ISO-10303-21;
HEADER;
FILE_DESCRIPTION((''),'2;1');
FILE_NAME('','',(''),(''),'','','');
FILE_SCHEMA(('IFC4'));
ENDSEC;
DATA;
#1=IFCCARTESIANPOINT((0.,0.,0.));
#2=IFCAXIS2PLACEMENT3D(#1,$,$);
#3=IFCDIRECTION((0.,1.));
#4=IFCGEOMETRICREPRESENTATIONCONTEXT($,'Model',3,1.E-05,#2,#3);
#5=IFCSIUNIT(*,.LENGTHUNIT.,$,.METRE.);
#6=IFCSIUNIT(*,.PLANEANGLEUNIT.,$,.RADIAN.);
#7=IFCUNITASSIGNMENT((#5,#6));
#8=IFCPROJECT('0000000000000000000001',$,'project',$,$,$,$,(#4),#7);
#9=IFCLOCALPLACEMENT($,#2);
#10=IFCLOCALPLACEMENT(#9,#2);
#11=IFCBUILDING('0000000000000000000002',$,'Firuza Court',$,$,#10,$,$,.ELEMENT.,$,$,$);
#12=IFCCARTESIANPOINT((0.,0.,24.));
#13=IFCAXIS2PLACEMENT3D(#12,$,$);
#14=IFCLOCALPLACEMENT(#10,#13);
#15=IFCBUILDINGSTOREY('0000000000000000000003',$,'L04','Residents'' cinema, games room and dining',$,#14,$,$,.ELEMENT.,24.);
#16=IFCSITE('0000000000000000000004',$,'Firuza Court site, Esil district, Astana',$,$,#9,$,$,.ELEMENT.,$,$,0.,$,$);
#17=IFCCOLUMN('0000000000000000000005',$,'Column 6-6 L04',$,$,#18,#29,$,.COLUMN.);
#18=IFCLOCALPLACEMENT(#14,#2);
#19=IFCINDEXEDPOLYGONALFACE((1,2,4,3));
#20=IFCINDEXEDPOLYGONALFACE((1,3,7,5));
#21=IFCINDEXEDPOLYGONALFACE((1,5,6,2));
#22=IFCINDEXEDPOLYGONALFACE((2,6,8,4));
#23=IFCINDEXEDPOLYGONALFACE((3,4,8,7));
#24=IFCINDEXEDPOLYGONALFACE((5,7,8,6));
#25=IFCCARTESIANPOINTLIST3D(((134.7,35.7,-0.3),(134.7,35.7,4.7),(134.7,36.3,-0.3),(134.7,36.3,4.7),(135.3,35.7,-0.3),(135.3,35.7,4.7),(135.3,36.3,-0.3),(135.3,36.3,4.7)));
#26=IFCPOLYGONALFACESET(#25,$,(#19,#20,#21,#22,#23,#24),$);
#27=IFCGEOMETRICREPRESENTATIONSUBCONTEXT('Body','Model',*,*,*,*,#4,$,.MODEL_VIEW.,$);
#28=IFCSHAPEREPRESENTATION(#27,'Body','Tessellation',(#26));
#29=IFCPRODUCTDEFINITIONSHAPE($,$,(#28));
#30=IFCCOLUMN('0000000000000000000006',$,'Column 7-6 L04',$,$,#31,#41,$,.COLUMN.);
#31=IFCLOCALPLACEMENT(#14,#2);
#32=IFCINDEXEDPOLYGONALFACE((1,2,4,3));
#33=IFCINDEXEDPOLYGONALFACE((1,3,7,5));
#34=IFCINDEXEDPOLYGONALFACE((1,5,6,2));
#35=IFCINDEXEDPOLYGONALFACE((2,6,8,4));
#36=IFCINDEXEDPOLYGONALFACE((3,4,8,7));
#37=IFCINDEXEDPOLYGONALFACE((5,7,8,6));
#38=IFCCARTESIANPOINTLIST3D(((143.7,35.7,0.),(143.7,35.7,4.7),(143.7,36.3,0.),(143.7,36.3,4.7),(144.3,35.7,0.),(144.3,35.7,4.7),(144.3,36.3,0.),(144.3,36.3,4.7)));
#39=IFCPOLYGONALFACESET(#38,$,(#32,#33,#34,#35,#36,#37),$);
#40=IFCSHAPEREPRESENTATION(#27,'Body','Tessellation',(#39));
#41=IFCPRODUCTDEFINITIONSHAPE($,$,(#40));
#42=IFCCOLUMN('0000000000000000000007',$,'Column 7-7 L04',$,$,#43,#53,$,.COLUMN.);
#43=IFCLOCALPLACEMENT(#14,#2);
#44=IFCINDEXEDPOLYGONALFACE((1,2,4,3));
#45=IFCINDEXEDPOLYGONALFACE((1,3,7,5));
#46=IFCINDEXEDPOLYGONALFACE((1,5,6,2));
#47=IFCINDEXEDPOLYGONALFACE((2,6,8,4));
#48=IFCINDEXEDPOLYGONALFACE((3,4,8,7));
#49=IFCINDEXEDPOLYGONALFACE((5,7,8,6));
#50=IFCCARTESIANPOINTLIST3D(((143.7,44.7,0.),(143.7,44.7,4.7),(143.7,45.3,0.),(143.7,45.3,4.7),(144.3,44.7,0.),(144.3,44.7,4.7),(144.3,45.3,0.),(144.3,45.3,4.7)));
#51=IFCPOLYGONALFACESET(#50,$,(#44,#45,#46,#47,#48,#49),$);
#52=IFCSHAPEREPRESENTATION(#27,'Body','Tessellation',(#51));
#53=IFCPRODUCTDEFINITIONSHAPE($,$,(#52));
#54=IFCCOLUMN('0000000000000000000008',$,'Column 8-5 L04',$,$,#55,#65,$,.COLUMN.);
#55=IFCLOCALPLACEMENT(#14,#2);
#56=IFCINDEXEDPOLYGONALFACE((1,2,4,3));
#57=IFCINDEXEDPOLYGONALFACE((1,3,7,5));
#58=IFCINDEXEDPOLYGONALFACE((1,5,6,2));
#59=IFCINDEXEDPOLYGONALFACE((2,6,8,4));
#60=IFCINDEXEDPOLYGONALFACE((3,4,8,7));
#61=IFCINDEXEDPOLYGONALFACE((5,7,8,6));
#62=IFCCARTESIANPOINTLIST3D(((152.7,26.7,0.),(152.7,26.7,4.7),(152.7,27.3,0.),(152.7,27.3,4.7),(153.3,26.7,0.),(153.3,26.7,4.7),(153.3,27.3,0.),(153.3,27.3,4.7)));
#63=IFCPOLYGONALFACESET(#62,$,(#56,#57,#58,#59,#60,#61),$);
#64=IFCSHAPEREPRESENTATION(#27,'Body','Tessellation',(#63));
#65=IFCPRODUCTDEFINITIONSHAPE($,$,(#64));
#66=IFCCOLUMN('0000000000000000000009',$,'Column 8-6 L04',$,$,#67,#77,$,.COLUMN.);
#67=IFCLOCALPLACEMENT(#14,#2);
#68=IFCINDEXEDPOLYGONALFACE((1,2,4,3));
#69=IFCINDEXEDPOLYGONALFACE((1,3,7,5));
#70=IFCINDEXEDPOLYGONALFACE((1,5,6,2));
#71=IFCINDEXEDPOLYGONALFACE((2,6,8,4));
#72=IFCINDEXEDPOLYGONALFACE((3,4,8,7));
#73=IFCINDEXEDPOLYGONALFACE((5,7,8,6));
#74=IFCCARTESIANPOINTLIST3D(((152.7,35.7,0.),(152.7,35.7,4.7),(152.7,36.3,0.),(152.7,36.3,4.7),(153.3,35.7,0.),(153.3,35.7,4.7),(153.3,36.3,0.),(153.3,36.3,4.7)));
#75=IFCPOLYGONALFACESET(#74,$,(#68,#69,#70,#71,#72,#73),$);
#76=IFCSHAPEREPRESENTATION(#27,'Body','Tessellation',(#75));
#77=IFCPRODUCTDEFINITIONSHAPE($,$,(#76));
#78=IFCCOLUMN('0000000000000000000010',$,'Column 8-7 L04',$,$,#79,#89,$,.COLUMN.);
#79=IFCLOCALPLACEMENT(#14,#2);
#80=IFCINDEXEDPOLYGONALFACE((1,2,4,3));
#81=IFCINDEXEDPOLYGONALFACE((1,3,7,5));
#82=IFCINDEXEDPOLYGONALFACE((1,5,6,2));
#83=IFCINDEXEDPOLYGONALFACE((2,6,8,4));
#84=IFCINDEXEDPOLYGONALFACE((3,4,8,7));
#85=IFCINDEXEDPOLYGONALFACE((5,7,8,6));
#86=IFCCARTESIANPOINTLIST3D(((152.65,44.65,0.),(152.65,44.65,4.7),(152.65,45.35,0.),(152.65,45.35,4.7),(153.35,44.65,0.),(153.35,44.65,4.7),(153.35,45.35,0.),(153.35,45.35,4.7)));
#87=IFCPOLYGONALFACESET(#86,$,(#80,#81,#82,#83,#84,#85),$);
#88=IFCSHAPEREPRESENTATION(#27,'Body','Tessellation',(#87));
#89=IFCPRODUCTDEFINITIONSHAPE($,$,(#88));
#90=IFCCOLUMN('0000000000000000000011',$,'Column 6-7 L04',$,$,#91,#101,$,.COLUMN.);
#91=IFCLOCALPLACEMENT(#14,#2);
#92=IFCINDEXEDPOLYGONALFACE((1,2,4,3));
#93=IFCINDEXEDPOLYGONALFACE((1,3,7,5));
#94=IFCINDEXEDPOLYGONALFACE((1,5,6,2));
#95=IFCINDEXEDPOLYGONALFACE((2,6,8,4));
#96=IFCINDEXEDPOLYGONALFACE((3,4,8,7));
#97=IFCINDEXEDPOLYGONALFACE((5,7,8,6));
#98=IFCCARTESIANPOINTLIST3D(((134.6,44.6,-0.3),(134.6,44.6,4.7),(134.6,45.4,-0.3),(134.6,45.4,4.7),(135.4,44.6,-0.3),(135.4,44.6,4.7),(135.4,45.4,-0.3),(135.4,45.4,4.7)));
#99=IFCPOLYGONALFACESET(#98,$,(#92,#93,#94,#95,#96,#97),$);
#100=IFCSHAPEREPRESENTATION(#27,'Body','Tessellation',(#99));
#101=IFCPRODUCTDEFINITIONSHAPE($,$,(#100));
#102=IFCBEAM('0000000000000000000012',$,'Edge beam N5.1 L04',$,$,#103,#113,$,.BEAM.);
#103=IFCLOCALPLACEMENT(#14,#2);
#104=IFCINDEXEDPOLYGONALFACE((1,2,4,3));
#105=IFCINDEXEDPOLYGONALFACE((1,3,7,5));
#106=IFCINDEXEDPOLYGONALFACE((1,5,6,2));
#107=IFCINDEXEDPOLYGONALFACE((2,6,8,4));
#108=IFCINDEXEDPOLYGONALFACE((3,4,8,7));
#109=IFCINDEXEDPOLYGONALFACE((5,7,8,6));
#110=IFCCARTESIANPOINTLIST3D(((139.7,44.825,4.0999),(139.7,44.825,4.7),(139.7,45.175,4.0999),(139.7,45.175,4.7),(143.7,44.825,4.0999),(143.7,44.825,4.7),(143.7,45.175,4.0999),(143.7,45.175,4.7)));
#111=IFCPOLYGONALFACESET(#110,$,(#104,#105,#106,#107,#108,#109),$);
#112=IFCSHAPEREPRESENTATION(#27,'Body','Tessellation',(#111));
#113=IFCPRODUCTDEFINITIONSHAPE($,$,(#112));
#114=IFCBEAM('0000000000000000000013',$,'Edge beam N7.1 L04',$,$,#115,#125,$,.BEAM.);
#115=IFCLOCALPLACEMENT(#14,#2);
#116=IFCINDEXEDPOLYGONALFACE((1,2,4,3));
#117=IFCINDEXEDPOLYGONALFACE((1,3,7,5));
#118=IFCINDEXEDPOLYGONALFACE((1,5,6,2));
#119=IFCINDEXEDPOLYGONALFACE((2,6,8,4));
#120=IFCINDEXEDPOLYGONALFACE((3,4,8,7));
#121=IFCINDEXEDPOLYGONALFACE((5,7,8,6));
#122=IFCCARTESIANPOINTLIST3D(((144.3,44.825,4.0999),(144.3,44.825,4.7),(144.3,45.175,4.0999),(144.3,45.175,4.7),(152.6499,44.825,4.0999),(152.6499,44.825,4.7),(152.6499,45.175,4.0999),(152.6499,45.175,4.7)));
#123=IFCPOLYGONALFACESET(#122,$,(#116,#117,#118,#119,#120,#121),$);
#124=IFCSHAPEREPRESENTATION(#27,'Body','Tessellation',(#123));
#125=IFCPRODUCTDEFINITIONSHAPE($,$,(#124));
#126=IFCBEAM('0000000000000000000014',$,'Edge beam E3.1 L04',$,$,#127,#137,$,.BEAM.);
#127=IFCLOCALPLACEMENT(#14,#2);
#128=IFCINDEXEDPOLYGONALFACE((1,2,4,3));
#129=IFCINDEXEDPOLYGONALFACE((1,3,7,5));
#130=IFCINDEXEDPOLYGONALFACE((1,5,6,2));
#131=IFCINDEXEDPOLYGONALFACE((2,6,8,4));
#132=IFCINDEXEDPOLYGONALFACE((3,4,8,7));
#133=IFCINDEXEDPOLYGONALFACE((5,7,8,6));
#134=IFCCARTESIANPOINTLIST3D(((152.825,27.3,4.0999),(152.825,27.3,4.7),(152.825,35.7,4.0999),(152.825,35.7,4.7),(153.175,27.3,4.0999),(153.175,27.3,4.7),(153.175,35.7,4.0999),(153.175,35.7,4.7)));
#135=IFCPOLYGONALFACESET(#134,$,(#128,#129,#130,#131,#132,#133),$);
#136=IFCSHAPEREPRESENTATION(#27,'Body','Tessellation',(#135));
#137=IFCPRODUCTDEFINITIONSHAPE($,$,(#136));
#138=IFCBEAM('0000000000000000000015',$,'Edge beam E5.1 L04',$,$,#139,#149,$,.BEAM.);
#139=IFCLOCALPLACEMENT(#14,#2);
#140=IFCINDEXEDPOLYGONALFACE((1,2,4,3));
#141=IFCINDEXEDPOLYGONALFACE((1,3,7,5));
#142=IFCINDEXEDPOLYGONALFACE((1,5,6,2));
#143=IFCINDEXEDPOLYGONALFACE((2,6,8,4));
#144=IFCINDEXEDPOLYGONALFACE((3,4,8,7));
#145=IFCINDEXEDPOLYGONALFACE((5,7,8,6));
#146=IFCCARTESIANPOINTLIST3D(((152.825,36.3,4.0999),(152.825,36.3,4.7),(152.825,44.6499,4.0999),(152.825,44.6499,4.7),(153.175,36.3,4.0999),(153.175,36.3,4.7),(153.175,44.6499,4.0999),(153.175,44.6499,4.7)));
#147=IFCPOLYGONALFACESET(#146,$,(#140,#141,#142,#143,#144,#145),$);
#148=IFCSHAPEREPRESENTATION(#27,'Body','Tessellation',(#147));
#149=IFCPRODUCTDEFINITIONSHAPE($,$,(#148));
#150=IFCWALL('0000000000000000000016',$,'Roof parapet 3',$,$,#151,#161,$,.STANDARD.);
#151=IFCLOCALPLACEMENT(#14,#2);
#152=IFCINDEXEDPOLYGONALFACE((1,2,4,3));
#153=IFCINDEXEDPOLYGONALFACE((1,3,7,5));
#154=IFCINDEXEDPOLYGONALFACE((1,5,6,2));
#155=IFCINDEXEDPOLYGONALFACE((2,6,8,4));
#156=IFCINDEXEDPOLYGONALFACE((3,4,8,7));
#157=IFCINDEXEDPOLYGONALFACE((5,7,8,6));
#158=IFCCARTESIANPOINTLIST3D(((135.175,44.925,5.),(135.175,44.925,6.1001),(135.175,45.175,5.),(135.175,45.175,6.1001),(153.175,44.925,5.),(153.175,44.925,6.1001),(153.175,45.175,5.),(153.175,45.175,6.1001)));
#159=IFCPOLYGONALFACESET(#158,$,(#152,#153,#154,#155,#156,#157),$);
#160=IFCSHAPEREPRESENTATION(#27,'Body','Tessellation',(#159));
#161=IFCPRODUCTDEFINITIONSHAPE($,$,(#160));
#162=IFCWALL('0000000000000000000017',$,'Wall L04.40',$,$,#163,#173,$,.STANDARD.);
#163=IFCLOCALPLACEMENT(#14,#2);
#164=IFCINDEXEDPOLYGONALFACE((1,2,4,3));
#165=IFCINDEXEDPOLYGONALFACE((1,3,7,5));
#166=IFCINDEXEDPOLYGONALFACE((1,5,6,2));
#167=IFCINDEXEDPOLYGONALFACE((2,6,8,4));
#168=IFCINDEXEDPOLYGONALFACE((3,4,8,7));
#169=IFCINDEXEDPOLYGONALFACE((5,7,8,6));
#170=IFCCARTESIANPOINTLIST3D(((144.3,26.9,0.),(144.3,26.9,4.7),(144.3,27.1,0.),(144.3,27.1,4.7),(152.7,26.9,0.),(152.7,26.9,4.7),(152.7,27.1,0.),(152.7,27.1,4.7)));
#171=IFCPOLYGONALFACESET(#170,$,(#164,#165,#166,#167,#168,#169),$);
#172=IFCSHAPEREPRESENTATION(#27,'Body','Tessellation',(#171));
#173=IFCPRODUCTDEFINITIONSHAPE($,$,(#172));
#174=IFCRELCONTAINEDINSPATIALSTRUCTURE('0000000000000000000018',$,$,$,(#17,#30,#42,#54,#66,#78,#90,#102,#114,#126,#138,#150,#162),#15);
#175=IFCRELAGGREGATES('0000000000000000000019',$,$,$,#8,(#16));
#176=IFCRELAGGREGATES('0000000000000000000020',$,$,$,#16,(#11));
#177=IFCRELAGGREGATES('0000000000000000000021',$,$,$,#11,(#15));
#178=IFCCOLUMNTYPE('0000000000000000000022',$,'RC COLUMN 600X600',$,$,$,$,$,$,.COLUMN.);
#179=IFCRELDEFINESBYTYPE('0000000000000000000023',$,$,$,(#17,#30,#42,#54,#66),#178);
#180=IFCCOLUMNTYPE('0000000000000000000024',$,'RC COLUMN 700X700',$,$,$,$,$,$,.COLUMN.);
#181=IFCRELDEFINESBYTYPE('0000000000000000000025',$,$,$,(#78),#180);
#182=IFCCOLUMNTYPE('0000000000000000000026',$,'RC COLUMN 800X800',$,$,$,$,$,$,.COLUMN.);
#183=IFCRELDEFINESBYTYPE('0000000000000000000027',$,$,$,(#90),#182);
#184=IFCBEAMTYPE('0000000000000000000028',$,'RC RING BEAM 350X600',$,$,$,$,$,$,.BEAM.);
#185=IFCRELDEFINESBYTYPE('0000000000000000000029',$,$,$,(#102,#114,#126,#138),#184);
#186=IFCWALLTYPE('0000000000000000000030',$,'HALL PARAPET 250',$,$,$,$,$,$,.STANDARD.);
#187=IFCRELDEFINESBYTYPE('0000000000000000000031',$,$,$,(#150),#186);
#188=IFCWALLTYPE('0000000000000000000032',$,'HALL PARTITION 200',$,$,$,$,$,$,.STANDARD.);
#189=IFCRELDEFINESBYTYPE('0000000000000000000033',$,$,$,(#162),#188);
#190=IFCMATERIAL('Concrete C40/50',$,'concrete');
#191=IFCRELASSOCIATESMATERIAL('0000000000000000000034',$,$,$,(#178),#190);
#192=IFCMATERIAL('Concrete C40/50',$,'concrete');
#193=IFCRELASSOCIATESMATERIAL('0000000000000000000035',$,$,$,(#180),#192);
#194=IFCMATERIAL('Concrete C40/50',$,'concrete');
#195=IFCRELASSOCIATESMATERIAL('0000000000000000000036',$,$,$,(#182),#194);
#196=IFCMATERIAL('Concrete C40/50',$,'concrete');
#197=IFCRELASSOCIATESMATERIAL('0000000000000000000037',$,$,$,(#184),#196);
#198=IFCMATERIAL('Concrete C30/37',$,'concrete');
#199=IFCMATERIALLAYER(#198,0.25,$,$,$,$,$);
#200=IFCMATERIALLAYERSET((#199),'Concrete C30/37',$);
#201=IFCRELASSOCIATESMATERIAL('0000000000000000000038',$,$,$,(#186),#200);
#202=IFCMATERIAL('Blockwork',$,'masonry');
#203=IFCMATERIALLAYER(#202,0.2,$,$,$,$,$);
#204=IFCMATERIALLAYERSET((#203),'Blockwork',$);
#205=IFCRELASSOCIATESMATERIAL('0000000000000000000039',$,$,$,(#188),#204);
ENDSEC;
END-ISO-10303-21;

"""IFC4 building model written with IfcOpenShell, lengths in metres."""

from ifc_helpers import new_model, si_unit, direction, frame, frame_2d, origin, origin_2d, place, context, subcontext, project, spatial, rectangle, extrude, material, layer, layer_set, material_profile, profile_set, type_object, element, save


model = new_model("IFC4")

# Units and contexts
model_context = context("Model", 3, precision=1e-05, world=origin(), true_north=direction((0.0, 1.0)))
body_context = subcontext(model_context, "Body", "Model", "MODEL_VIEW")
ifc_project = project(units=[si_unit("LENGTHUNIT", "METRE"), si_unit("PLANEANGLEUNIT", "RADIAN")], contexts=[model_context])

# Site, building, storey
site_placement = place(None, origin())
site = spatial("IfcSite", under=ifc_project, at=site_placement, Name="Firuza Court site, Esil district, Astana", CompositionType="ELEMENT", RefElevation=0.0)
building_placement = place(site_placement, origin())
building = spatial("IfcBuilding", under=site, at=building_placement, Name="Firuza Court", CompositionType="ELEMENT")
storey_placement = place(building_placement, frame((0.0, 0.0, 24.0)))
storey = spatial("IfcBuildingStorey", under=building, at=storey_placement, Name="L04", Description="Residents' cinema, games room and dining", CompositionType="ELEMENT", Elevation=24.0)

# Columns
ifc_material_1 = material(Name="Concrete C40/50", Category="concrete")
ifc_material_profile_1 = material_profile(ifc_material_1, rectangle(XDim=0.6001, YDim=0.6001, at=origin_2d()), Name="RC 600X600")
ifc_profile_set_1 = profile_set([ifc_material_profile_1], Name="Concrete C40/50")
column_type_1 = type_object("IfcColumnType", Name="RC COLUMN 600X600", PredefinedType="COLUMN", material=ifc_profile_set_1)
column_1_placement = place(storey_placement, frame((135.0, 36.0, -0.3), z_axis=(0.0, 0.0, 1.0), x_axis=(1.0, 0.0, 0.0)))
element("IfcColumn", 1, at=column_1_placement, inside=storey, type_object=column_type_1, Name="Column 6-6 L04", PredefinedType="COLUMN", context=body_context, shape_type="SweptSolid", body=[
    extrude(rectangle(XDim=0.6001, YDim=0.6001, at=origin_2d()), origin(), (0.0, 0.0, 1.0), 5.0),
])
for number, where, z_axis, x_axis, name in (
    (2, (144.0, 36.0, 0.0), (0.0, 0.0, 1.0), (1.0, 0.0, 0.0), "Column 7-6 L04"),
    (3, (144.0, 45.0, 0.0), (0.0, 0.0, 1.0), (1.0, 0.0, 0.0), "Column 7-7 L04"),
    (4, (153.0, 27.0, 0.0), (0.0, 0.0, 1.0), (1.0, 0.0, 0.0), "Column 8-5 L04"),
    (5, (153.0, 36.0, 0.0), (0.0, 0.0, 1.0), (1.0, 0.0, 0.0), "Column 8-6 L04"),
):
    element("IfcColumn", number, at=place(storey_placement, frame(where, z_axis=z_axis, x_axis=x_axis)), inside=storey, type_object=column_type_1, Name=name, PredefinedType="COLUMN", context=body_context, shape_type="SweptSolid", body=[
        extrude(rectangle(XDim=0.6001, YDim=0.6001, at=origin_2d()), origin(), (0.0, 0.0, 1.0), 4.7),
    ])
ifc_material_2 = material(Name="Concrete C40/50", Category="concrete")
ifc_material_profile_2 = material_profile(ifc_material_2, rectangle(XDim=0.7, YDim=0.7, at=origin_2d()), Name="RC 700X700")
ifc_profile_set_2 = profile_set([ifc_material_profile_2], Name="Concrete C40/50")
column_type_2 = type_object("IfcColumnType", Name="RC COLUMN 700X700", PredefinedType="COLUMN", material=ifc_profile_set_2)
column_2_placement = place(storey_placement, frame((153.0, 45.0, 0.0), z_axis=(0.0, 0.0, 1.0), x_axis=(1.0, 0.0, 0.0)))
element("IfcColumn", 6, at=column_2_placement, inside=storey, type_object=column_type_2, Name="Column 8-7 L04", PredefinedType="COLUMN", context=body_context, shape_type="SweptSolid", body=[
    extrude(rectangle(XDim=0.7, YDim=0.7, at=origin_2d()), origin(), (0.0, 0.0, 1.0), 4.7),
])
ifc_material_3 = material(Name="Concrete C40/50", Category="concrete")
ifc_material_profile_3 = material_profile(ifc_material_3, rectangle(XDim=0.8, YDim=0.8, at=origin_2d()), Name="RC 800X800")
ifc_profile_set_3 = profile_set([ifc_material_profile_3], Name="Concrete C40/50")
column_type_3 = type_object("IfcColumnType", Name="RC COLUMN 800X800", PredefinedType="COLUMN", material=ifc_profile_set_3)
column_3_placement = place(storey_placement, frame((135.0, 45.0, -0.3), z_axis=(0.0, 0.0, 1.0), x_axis=(1.0, 0.0, 0.0)))
element("IfcColumn", 7, at=column_3_placement, inside=storey, type_object=column_type_3, Name="Column 6-7 L04", PredefinedType="COLUMN", context=body_context, shape_type="SweptSolid", body=[
    extrude(rectangle(XDim=0.8, YDim=0.8, at=origin_2d()), origin(), (0.0, 0.0, 1.0), 5.0),
])

# Beams
ifc_material_4 = material(Name="Concrete C40/50", Category="concrete")
ifc_material_profile_4 = material_profile(ifc_material_4, rectangle(XDim=0.3501, YDim=0.6001, at=origin_2d()), Name="RC 350X600")
ifc_profile_set_4 = profile_set([ifc_material_profile_4], Name="Concrete C40/50")
beam_type = type_object("IfcBeamType", Name="RC RING BEAM 350X600", PredefinedType="BEAM", material=ifc_profile_set_4)
beam_1_placement = place(storey_placement, frame((139.7, 45.0, 4.3999), z_axis=(1.0, 0.0, 0.0), x_axis=(0.0, 1.0, 0.0)))
element("IfcBeam", 8, at=beam_1_placement, inside=storey, type_object=beam_type, Name="Edge beam N5.1 L04", PredefinedType="BEAM", context=body_context, shape_type="SweptSolid", body=[
    extrude(rectangle(XDim=0.3501, YDim=0.6001, at=origin_2d()), origin(), (0.0, 0.0, 1.0), 4.0),
])
beam_2_placement = place(storey_placement, frame((144.3, 45.0, 4.3999), z_axis=(1.0, 0.0, 0.0), x_axis=(0.0, 1.0, 0.0)))
element("IfcBeam", 9, at=beam_2_placement, inside=storey, type_object=beam_type, Name="Edge beam N7.1 L04", PredefinedType="BEAM", context=body_context, shape_type="SweptSolid", body=[
    extrude(rectangle(XDim=0.3501, YDim=0.6001, at=origin_2d()), origin(), (0.0, 0.0, 1.0), 8.3499),
])
beam_3_placement = place(storey_placement, frame((153.0, 27.3, 4.3999), z_axis=(0.0, 1.0, 0.0), x_axis=(-1.0, 0.0, 0.0)))
element("IfcBeam", 10, at=beam_3_placement, inside=storey, type_object=beam_type, Name="Edge beam E3.1 L04", PredefinedType="BEAM", context=body_context, shape_type="SweptSolid", body=[
    extrude(rectangle(XDim=0.3501, YDim=0.6001, at=origin_2d()), origin(), (0.0, 0.0, 1.0), 8.3999),
])
beam_4_placement = place(storey_placement, frame((153.0, 36.3, 4.3999), z_axis=(0.0, 1.0, 0.0), x_axis=(-1.0, 0.0, 0.0)))
element("IfcBeam", 11, at=beam_4_placement, inside=storey, type_object=beam_type, Name="Edge beam E5.1 L04", PredefinedType="BEAM", context=body_context, shape_type="SweptSolid", body=[
    extrude(rectangle(XDim=0.3501, YDim=0.6001, at=origin_2d()), origin(), (0.0, 0.0, 1.0), 8.3499),
])

# Walls
ifc_material_5 = material(Name="Concrete C30/37", Category="concrete")
ifc_layer_1 = layer(ifc_material_5, 0.25)
ifc_layer_set_1 = layer_set([ifc_layer_1], Name="Concrete C30/37")
wall_type_1 = type_object("IfcWallType", Name="HALL PARAPET 250", PredefinedType="STANDARD", material=ifc_layer_set_1)
wall_1_placement = place(storey_placement, frame((135.175, 45.05, 5.0), z_axis=(0.0, 0.0, 1.0), x_axis=(1.0, 0.0, 0.0)))
element("IfcWall", 12, at=wall_1_placement, inside=storey, type_object=wall_type_1, Name="Roof parapet 3", PredefinedType="STANDARD", context=body_context, shape_type="SweptSolid", body=[
    extrude(rectangle(XDim=18.0, YDim=0.25, at=frame_2d((9.0, 0.0))), origin(), (0.0, 0.0, 1.0), 1.1001),
])
ifc_material_6 = material(Name="Blockwork", Category="masonry")
ifc_layer_2 = layer(ifc_material_6, 0.2)
ifc_layer_set_2 = layer_set([ifc_layer_2], Name="Blockwork")
wall_type_2 = type_object("IfcWallType", Name="HALL PARTITION 200", PredefinedType="STANDARD", material=ifc_layer_set_2)
wall_2_placement = place(storey_placement, frame((144.3, 27.0, 0.0), z_axis=(0.0, 0.0, 1.0), x_axis=(1.0, 0.0, 0.0)))
element("IfcWall", 13, at=wall_2_placement, inside=storey, type_object=wall_type_2, Name="Wall L04.40", PredefinedType="STANDARD", context=body_context, shape_type="SweptSolid", body=[
    extrude(rectangle(XDim=8.3999, YDim=0.2, at=frame_2d((4.2, 0.0))), origin(), (0.0, 0.0, 1.0), 4.7),
])

save(model, "model.ifc")
